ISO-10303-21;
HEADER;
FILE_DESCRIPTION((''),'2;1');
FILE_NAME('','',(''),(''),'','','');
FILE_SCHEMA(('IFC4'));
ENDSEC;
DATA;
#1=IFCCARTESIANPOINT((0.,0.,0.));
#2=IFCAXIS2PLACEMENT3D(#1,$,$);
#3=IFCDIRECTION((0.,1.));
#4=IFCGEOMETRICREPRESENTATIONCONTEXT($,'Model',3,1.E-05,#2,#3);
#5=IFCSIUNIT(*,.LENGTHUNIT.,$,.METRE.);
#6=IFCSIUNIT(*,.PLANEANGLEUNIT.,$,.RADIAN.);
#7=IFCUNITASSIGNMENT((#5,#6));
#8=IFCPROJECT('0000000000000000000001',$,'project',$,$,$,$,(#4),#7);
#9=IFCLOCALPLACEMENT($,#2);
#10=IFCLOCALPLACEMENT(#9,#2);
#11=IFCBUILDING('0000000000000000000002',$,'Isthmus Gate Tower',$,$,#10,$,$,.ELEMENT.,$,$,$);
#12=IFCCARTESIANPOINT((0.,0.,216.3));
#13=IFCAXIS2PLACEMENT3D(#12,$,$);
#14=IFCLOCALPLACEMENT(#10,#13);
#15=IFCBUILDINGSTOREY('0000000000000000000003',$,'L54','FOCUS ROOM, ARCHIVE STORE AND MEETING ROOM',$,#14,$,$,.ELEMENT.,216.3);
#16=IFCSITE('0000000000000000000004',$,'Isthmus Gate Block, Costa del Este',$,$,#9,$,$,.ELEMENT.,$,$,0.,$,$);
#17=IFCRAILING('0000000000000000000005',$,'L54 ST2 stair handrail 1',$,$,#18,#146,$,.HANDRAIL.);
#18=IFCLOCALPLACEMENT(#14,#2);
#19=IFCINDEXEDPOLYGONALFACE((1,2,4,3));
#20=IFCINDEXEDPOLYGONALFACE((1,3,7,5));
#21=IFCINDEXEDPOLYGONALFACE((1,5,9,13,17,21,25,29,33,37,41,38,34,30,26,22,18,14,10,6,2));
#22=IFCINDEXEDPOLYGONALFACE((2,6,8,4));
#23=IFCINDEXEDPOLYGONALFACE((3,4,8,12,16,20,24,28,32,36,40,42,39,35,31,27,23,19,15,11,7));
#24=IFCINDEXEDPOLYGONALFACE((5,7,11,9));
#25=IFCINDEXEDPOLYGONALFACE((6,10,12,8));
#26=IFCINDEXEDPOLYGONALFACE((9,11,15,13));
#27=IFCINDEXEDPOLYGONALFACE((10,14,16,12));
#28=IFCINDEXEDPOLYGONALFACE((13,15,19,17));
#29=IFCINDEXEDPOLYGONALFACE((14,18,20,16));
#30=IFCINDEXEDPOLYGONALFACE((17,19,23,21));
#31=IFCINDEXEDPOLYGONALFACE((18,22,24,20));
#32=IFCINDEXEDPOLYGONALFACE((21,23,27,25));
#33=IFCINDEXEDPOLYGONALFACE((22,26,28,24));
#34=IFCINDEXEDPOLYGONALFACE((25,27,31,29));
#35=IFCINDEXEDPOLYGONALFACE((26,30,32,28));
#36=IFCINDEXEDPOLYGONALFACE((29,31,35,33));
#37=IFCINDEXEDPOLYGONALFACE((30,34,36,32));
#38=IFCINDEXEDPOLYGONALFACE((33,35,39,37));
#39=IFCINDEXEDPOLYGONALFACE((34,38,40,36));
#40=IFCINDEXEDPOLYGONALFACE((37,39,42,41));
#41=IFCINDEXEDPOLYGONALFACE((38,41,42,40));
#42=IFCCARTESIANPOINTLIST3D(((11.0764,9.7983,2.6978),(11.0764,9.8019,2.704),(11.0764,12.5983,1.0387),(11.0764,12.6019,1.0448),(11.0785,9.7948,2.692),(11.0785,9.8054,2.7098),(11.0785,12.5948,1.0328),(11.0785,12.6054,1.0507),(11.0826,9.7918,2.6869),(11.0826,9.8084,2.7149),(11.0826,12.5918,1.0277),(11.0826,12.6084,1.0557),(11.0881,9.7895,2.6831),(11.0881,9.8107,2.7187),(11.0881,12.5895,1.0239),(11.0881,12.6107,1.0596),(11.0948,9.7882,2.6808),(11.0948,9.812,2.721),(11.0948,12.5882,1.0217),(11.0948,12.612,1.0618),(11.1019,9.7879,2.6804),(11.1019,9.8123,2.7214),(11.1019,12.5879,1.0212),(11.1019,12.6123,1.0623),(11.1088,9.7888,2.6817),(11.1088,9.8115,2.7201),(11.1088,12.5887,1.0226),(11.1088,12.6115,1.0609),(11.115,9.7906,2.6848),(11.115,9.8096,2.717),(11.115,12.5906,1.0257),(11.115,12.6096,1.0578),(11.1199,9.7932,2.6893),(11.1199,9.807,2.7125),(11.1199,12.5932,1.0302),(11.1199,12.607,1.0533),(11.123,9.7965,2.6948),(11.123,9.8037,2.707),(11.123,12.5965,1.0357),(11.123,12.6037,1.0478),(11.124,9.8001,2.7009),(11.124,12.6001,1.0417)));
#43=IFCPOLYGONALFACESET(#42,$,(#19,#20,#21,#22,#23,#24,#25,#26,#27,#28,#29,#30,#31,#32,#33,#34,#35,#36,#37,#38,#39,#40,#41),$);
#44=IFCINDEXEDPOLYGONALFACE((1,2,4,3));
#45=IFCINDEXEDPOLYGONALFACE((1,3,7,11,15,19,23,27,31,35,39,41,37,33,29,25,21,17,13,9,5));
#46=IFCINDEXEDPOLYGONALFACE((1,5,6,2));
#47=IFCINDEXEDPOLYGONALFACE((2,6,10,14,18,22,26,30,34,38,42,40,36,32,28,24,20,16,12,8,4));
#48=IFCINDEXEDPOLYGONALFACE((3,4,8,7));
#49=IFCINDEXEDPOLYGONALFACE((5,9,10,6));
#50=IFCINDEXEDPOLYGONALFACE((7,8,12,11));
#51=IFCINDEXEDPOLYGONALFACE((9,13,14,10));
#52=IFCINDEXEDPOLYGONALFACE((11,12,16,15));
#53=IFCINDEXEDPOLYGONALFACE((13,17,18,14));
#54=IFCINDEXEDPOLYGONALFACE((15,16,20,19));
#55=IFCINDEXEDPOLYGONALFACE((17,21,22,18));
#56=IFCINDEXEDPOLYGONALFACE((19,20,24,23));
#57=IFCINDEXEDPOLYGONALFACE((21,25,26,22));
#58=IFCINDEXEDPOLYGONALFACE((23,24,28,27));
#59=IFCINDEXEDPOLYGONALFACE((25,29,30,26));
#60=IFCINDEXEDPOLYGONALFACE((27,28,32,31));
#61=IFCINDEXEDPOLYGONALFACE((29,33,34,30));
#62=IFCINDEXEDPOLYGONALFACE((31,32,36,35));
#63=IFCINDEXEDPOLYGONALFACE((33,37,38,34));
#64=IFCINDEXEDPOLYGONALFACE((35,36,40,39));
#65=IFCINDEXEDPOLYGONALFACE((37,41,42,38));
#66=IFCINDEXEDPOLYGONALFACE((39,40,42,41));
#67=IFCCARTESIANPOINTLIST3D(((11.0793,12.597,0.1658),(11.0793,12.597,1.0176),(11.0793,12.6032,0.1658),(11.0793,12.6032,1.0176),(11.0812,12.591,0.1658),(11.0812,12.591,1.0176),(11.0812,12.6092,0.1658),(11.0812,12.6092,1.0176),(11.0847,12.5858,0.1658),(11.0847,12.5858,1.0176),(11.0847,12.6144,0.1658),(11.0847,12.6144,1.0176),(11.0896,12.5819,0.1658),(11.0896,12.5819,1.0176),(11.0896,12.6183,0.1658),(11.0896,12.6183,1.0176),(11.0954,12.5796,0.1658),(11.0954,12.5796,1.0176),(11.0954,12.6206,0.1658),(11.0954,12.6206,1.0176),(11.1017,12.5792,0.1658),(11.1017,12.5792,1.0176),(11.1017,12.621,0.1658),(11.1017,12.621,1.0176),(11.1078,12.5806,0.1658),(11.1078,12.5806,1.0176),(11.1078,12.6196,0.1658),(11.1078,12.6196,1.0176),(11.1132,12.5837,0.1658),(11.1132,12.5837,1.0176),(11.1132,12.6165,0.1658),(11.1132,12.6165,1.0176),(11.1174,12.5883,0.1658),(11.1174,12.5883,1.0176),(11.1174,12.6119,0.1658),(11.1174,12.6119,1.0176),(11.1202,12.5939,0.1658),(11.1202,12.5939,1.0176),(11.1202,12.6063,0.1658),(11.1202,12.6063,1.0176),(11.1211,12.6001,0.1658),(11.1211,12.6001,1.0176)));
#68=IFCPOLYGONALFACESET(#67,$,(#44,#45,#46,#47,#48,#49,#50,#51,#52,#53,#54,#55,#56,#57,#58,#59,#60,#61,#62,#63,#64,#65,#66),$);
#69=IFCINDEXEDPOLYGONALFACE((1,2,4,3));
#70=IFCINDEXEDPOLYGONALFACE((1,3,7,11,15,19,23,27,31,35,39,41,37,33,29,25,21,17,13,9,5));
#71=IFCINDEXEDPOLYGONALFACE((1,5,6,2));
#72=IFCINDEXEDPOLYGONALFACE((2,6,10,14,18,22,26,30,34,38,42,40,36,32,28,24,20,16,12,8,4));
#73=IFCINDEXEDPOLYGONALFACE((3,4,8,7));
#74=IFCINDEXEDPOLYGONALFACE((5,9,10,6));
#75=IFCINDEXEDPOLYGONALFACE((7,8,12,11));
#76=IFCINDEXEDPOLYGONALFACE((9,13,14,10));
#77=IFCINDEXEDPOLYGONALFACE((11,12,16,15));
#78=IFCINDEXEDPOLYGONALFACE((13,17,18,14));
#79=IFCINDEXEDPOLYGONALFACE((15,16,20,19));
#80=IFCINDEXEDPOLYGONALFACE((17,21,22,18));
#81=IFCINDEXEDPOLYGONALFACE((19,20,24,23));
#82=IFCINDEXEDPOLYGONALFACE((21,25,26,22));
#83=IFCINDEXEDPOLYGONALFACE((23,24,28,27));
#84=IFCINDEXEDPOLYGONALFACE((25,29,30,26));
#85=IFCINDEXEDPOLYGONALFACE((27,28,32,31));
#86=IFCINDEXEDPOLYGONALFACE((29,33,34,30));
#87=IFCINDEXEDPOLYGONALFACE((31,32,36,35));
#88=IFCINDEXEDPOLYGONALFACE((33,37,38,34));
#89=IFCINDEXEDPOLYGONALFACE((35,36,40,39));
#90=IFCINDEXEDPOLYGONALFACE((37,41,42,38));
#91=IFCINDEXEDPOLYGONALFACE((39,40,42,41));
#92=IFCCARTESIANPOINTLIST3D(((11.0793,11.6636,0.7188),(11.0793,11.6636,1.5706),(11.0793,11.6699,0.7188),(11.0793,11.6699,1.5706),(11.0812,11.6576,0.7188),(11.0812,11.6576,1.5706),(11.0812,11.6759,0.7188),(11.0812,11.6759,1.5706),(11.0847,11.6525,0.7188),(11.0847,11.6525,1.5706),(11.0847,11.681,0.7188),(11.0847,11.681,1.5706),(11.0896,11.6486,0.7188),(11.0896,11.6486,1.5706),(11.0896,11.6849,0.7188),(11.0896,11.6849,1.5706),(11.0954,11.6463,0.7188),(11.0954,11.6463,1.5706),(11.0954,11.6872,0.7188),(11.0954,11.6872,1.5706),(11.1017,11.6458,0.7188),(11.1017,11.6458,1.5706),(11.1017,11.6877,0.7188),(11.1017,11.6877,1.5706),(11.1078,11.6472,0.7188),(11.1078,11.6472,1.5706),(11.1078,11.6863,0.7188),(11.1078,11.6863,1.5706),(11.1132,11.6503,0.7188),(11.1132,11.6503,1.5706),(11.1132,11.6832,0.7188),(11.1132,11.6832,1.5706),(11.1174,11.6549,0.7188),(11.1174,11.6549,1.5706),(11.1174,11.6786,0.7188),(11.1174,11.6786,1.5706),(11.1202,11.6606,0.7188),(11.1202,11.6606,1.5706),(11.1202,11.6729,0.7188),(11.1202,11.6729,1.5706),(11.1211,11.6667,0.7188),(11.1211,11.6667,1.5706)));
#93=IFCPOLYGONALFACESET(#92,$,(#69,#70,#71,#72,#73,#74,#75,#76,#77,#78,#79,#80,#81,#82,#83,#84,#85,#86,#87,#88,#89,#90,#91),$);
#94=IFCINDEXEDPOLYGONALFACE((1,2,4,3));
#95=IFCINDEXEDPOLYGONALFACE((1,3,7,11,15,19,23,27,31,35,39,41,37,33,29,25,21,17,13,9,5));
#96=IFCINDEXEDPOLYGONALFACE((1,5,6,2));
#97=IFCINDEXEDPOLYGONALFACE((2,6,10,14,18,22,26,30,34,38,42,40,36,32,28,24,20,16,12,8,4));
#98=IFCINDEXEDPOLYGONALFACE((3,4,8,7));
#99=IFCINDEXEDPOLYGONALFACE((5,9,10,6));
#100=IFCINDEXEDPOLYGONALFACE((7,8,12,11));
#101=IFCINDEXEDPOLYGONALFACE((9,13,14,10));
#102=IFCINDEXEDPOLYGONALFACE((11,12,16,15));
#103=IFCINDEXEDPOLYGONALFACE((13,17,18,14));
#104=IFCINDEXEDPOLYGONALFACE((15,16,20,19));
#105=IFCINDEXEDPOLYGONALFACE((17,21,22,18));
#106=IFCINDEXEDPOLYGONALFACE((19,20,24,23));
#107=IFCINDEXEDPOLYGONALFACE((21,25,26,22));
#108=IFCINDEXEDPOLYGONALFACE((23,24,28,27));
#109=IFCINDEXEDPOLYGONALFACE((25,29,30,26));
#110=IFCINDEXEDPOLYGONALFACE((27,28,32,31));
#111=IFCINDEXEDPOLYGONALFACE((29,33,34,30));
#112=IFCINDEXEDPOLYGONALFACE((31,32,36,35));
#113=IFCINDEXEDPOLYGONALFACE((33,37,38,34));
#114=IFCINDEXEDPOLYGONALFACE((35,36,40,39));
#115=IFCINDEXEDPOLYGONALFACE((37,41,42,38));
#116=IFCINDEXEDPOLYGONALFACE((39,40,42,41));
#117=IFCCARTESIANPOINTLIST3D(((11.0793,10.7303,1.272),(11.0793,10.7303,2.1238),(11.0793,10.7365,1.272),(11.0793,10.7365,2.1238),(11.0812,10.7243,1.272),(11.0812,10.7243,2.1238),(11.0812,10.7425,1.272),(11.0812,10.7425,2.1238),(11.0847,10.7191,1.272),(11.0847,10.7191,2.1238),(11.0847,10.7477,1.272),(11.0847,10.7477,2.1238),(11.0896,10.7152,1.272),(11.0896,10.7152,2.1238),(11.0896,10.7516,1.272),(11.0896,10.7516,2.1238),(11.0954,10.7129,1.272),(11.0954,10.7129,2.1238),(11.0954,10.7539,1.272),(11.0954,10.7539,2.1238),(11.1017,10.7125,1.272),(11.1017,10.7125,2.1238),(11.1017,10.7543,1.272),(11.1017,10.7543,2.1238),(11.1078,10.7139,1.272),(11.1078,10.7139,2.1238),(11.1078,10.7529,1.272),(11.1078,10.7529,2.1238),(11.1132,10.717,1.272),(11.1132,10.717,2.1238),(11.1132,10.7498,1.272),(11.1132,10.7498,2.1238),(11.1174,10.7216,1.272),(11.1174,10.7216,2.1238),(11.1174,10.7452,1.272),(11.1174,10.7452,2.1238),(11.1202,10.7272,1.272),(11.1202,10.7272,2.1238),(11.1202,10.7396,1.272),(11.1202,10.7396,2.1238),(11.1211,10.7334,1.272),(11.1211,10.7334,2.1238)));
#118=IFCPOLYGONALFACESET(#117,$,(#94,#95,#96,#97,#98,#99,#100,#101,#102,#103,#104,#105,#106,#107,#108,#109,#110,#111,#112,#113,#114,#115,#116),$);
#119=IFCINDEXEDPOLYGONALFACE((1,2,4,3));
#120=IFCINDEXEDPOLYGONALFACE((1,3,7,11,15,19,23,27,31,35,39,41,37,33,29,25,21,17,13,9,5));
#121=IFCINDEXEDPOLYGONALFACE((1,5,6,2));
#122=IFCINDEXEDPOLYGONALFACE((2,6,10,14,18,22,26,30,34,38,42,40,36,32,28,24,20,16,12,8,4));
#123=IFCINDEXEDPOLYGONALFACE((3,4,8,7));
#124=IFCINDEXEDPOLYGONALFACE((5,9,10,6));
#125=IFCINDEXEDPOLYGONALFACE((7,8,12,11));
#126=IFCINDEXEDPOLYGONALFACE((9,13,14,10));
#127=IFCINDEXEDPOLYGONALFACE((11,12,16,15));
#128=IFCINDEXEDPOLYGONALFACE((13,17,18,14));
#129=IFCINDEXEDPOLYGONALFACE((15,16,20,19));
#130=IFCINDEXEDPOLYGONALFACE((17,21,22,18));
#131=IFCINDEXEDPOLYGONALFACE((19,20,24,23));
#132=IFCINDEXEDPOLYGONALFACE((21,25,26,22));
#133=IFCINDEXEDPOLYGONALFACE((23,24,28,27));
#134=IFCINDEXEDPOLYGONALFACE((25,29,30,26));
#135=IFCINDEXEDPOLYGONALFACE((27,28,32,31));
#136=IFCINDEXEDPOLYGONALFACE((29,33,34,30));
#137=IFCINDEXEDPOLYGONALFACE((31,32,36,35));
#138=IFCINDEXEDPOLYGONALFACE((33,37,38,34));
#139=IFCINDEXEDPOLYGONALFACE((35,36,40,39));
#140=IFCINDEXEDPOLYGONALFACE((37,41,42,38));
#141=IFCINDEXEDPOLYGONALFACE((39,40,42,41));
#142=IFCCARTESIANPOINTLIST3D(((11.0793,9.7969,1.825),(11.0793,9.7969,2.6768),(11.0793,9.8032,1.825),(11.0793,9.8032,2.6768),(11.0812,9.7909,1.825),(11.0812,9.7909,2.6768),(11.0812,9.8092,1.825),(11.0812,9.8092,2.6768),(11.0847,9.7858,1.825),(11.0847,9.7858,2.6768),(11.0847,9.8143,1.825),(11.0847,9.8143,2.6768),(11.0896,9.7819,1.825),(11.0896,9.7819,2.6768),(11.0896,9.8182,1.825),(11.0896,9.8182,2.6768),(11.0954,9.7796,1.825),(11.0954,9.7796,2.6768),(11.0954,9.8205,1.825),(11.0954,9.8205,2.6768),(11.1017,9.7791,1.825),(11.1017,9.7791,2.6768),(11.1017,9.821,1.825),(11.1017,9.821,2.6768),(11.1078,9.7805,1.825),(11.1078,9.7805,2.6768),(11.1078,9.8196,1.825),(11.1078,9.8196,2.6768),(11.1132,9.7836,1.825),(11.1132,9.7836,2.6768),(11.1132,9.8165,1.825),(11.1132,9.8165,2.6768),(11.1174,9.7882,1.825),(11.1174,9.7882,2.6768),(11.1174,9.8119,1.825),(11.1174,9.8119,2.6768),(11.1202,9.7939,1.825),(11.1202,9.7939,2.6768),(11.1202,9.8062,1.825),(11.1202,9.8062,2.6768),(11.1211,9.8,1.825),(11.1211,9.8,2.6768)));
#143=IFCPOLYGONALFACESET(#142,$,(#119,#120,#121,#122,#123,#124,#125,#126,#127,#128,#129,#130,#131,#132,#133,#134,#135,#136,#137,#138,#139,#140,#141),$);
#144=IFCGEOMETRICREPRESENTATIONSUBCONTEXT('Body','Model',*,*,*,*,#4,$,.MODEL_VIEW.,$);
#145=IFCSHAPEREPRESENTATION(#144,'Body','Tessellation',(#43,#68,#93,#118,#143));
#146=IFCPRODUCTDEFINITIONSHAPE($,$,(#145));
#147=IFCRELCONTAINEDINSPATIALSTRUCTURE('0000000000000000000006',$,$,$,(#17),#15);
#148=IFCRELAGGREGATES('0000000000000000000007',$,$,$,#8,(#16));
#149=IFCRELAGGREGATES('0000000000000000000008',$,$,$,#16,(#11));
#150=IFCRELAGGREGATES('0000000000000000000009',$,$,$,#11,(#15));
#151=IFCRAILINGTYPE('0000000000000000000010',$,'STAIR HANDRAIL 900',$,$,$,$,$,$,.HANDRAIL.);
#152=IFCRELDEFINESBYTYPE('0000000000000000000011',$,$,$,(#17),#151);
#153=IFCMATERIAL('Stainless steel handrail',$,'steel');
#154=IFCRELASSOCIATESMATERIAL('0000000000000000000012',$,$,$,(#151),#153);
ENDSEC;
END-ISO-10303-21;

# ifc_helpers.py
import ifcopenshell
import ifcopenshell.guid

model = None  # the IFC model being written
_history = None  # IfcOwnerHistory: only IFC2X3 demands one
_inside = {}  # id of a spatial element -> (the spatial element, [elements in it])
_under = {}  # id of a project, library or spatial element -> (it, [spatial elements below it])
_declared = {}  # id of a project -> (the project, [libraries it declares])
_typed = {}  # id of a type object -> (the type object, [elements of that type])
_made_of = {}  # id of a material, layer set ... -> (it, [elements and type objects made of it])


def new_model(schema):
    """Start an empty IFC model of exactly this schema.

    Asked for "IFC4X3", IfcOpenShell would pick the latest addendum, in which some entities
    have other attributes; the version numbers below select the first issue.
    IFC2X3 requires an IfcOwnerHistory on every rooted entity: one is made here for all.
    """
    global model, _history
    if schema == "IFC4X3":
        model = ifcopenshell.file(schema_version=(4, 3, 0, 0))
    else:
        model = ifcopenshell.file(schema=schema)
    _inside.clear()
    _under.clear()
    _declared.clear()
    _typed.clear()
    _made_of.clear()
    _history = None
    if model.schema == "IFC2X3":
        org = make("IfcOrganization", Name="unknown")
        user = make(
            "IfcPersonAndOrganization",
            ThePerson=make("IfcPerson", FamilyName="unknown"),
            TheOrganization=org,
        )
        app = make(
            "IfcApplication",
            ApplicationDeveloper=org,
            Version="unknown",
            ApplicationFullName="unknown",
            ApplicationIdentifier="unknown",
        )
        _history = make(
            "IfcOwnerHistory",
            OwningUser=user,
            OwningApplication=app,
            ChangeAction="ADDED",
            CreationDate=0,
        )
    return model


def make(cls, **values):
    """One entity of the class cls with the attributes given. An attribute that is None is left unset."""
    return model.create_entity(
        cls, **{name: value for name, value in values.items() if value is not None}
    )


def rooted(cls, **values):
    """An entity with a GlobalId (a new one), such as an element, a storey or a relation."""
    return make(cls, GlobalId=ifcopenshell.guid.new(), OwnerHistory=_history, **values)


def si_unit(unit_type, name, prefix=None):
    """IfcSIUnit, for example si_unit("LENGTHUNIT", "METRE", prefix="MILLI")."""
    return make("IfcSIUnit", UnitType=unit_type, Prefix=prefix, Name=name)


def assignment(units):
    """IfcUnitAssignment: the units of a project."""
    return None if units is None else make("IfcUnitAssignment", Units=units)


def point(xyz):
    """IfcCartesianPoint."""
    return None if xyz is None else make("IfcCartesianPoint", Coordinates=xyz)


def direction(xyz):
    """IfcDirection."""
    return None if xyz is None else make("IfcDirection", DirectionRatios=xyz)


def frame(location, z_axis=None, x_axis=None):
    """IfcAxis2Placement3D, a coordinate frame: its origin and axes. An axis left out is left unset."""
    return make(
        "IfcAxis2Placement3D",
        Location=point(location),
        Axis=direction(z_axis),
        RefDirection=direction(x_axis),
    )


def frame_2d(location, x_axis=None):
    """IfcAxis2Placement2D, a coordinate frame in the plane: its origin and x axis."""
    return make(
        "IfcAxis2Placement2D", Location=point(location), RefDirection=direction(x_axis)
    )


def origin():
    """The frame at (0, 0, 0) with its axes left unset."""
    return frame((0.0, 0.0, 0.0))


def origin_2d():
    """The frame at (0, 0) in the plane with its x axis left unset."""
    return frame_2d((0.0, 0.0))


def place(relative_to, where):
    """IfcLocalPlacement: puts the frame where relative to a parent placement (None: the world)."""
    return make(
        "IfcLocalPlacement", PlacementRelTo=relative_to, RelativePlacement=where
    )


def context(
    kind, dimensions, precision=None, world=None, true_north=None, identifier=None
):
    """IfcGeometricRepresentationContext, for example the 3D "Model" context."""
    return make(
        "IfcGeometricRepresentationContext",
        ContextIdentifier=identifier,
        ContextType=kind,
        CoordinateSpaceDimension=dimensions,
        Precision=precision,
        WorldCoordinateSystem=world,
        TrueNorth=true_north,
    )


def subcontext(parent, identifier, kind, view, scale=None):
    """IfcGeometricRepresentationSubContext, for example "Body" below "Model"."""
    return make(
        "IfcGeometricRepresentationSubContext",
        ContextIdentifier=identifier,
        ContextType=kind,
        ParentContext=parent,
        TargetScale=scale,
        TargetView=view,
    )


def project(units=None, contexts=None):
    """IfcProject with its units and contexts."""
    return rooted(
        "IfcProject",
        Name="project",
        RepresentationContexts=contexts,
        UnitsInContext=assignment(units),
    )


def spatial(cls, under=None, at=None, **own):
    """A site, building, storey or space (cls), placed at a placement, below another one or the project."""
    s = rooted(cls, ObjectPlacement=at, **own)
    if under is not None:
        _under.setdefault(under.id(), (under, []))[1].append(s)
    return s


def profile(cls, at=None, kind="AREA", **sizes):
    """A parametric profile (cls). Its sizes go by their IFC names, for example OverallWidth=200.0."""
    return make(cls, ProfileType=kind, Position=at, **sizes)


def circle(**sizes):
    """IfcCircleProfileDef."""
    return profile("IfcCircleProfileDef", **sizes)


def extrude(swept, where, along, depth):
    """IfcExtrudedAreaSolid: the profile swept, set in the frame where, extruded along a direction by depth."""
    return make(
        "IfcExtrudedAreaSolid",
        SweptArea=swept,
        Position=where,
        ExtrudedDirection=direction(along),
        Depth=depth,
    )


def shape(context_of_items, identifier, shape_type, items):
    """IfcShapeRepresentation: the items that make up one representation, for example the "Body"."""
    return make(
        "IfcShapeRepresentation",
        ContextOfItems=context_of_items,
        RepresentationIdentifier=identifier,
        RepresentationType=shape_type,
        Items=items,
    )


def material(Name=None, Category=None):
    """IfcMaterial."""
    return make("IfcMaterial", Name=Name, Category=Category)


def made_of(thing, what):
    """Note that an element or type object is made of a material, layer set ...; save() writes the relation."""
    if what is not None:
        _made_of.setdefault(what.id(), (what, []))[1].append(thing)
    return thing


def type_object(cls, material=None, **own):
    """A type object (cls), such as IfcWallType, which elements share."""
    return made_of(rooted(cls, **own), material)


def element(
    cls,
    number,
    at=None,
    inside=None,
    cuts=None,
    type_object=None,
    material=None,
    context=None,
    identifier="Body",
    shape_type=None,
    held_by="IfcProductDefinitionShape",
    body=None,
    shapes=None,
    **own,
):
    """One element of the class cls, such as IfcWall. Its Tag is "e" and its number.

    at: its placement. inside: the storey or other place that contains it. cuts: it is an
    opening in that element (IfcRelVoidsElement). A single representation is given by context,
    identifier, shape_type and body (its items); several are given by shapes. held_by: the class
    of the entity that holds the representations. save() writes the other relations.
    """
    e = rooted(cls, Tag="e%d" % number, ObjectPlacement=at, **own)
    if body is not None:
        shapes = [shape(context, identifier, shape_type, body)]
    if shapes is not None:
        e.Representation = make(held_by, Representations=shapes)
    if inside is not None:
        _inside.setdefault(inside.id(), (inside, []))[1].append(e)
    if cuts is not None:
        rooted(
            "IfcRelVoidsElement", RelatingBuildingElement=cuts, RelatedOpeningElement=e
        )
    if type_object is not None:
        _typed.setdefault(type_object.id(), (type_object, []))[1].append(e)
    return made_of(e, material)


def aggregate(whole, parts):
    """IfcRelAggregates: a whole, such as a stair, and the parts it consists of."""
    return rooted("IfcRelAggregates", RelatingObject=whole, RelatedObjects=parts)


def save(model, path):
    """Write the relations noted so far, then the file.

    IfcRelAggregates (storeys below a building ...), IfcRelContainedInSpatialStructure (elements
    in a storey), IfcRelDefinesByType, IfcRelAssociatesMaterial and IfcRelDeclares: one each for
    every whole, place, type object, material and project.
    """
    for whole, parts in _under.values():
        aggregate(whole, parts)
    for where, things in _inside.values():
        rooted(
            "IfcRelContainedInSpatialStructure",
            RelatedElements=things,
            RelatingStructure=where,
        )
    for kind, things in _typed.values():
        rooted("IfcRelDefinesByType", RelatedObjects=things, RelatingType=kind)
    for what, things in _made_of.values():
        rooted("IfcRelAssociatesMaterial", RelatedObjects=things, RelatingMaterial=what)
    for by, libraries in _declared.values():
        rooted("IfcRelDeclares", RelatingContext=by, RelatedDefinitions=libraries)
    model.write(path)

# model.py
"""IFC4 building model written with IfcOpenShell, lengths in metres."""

from ifc_helpers import new_model, si_unit, direction, frame, origin, origin_2d, place, context, subcontext, project, spatial, circle, extrude, material, type_object, element, save


model = new_model("IFC4")

# Units and contexts
model_context = context("Model", 3, precision=1e-05, world=origin(), true_north=direction((0.0, 1.0)))
body_context = subcontext(model_context, "Body", "Model", "MODEL_VIEW")
ifc_project = project(units=[si_unit("LENGTHUNIT", "METRE"), si_unit("PLANEANGLEUNIT", "RADIAN")], contexts=[model_context])

# Site, building, storey
site_placement = place(None, origin())
site = spatial("IfcSite", under=ifc_project, at=site_placement, Name="Isthmus Gate Block, Costa del Este", CompositionType="ELEMENT", RefElevation=0.0)
building_placement = place(site_placement, origin())
building = spatial("IfcBuilding", under=site, at=building_placement, Name="Isthmus Gate Tower", CompositionType="ELEMENT")
storey_placement = place(building_placement, frame((0.0, 0.0, 216.3)))
storey = spatial("IfcBuildingStorey", under=building, at=storey_placement, Name="L54", Description="FOCUS ROOM, ARCHIVE STORE AND MEETING ROOM", CompositionType="ELEMENT", Elevation=216.3)

# Railing
ifc_material_1 = material(Name="Stainless steel handrail", Category="steel")
railing_type_1 = type_object("IfcRailingType", Name="STAIR HANDRAIL 900", PredefinedType="HANDRAIL", material=ifc_material_1)
railing_1_placement = place(storey_placement, frame((11.1001, 12.6001, 0.1658)))
element("IfcRailing", 1, at=railing_1_placement, inside=storey, type_object=railing_type_1, Name="L54 ST2 stair handrail 1", PredefinedType="HANDRAIL", context=body_context, shape_type="SweptSolid", body=[
    extrude(circle(Radius=0.0239, at=origin_2d()), frame((0.0, 0.0, 0.876), z_axis=(0.0, -0.860306, 0.509778), x_axis=(1.0, 0.0, 0.0)), (0.0, 0.0, 1.0), 3.2546),
    extrude(circle(Radius=0.021, at=origin_2d()), origin(), (0.0, 0.0, 1.0), 0.8518),
    extrude(circle(Radius=0.021, at=origin_2d()), frame((0.0, -0.9333, 0.553)), (0.0, 0.0, 1.0), 0.8518),
    extrude(circle(Radius=0.021, at=origin_2d()), frame((0.0, -1.8667, 1.1062)), (0.0, 0.0, 1.0), 0.8518),
    extrude(circle(Radius=0.021, at=origin_2d()), frame((0.0, -2.8, 1.6592)), (0.0, 0.0, 1.0), 0.8518),
])

save(model, "model.ifc")
